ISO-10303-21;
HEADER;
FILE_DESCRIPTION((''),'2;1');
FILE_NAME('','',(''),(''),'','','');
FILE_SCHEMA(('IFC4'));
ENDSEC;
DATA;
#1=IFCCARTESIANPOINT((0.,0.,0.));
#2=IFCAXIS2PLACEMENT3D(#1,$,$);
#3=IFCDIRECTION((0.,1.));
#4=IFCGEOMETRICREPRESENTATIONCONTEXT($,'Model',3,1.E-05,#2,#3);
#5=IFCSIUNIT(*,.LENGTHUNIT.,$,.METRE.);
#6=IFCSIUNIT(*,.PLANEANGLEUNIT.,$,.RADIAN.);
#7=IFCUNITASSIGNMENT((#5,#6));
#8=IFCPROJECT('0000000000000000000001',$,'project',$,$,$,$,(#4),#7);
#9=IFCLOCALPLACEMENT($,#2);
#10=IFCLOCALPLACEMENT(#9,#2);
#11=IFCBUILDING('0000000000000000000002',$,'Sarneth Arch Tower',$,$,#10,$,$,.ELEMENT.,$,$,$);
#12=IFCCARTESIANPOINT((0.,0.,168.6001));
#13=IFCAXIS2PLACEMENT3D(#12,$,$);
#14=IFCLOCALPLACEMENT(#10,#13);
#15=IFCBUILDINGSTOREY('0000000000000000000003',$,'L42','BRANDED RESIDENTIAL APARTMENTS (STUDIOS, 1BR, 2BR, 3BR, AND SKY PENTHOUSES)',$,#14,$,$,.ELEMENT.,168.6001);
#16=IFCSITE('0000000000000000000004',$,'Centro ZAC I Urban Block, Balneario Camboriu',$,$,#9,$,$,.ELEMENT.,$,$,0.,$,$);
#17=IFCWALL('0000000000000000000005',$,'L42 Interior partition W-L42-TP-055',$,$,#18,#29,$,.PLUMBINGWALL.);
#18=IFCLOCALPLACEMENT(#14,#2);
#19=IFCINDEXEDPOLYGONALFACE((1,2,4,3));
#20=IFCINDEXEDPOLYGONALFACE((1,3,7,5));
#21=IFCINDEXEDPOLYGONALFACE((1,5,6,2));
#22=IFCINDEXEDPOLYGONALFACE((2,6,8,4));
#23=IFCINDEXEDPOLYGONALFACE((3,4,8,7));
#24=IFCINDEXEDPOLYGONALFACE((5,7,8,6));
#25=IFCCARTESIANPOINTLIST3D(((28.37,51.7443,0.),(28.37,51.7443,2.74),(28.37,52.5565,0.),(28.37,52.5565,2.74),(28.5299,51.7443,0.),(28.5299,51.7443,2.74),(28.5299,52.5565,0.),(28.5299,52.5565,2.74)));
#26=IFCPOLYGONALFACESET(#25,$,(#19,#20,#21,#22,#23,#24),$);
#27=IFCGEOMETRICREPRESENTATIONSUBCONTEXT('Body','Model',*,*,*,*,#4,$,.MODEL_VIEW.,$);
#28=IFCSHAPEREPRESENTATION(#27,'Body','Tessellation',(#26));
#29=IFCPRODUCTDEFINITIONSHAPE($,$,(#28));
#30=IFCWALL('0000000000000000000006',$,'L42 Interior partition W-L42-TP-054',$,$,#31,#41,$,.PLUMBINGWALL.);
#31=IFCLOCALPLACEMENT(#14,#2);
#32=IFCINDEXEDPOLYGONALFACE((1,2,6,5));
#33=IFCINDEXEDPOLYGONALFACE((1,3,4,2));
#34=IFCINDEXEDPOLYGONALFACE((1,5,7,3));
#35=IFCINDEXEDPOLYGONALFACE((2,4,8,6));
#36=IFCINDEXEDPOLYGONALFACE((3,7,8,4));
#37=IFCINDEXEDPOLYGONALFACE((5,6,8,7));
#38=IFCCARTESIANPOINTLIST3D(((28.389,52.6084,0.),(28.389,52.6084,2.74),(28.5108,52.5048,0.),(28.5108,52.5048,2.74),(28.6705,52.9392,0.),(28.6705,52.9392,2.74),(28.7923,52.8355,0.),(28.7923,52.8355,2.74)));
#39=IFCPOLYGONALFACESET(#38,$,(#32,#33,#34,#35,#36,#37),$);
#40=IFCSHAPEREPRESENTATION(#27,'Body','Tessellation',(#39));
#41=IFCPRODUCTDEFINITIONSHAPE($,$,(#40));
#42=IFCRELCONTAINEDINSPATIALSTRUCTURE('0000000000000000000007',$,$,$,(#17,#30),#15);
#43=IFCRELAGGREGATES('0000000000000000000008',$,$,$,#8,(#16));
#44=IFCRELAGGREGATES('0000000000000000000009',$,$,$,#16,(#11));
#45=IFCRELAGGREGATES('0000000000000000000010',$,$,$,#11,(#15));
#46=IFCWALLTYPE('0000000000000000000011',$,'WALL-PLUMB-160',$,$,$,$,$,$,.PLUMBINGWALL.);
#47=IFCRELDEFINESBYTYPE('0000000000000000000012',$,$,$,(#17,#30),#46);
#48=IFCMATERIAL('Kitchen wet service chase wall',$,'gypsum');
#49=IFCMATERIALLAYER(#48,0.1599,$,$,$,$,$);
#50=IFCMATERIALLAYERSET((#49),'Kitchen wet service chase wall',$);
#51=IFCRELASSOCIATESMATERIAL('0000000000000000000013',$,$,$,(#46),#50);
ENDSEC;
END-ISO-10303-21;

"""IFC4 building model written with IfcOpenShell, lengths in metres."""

from ifc_helpers import new_model, si_unit, direction, frame, frame_2d, origin, place, context, subcontext, project, spatial, rectangle, extrude, material, layer, layer_set, type_object, element, save


model = new_model("IFC4")

# Units and contexts
model_context = context("Model", 3, precision=1e-05, world=origin(), true_north=direction((0.0, 1.0)))
body_context = subcontext(model_context, "Body", "Model", "MODEL_VIEW")
ifc_project = project(units=[si_unit("LENGTHUNIT", "METRE"), si_unit("PLANEANGLEUNIT", "RADIAN")], contexts=[model_context])

# Site, building, storey
site_placement = place(None, origin())
site = spatial("IfcSite", under=ifc_project, at=site_placement, Name="Centro ZAC I Urban Block, Balneario Camboriu", CompositionType="ELEMENT", RefElevation=0.0)
building_placement = place(site_placement, origin())
building = spatial("IfcBuilding", under=site, at=building_placement, Name="Sarneth Arch Tower", CompositionType="ELEMENT")
storey_placement = place(building_placement, frame((0.0, 0.0, 168.6001)))
storey = spatial("IfcBuildingStorey", under=building, at=storey_placement, Name="L42", Description="BRANDED RESIDENTIAL APARTMENTS (STUDIOS, 1BR, 2BR, 3BR, AND SKY PENTHOUSES)", CompositionType="ELEMENT", Elevation=168.6001)

# Shared definitions
ifc_material_1 = material(Name="Kitchen wet service chase wall", Category="gypsum")
ifc_layer_1 = layer(ifc_material_1, 0.1599)
ifc_layer_set_1 = layer_set([ifc_layer_1], Name="Kitchen wet service chase wall")
wall_type_1 = type_object("IfcWallType", Name="WALL-PLUMB-160", PredefinedType="PLUMBINGWALL", material=ifc_layer_set_1)

# Walls
wall_1_placement = place(storey_placement, frame((28.45, 52.5566, 0.0), z_axis=(0.0, 0.0, 1.0), x_axis=(0.0, -1.0, 0.0)))
element("IfcWall", 1, at=wall_1_placement, inside=storey, type_object=wall_type_1, Name="L42 Interior partition W-L42-TP-055", PredefinedType="PLUMBINGWALL", context=body_context, shape_type="SweptSolid", body=[
    extrude(rectangle(XDim=0.8123, YDim=0.1599, at=frame_2d((0.4062, 0.0))), origin(), (0.0, 0.0, 1.0), 2.74),
])
wall_2_placement = place(storey_placement, frame((28.7314, 52.8875, 0.0), z_axis=(0.0, 0.0, 1.0), x_axis=(-0.648056, -0.761593, 0.0)))
element("IfcWall", 2, at=wall_2_placement, inside=storey, type_object=wall_type_1, Name="L42 Interior partition W-L42-TP-054", PredefinedType="PLUMBINGWALL", context=body_context, shape_type="SweptSolid", body=[
    extrude(rectangle(XDim=0.4343, YDim=0.1599, at=frame_2d((0.2173, 0.0))), origin(), (0.0, 0.0, 1.0), 2.74),
])

save(model, "model.ifc")
